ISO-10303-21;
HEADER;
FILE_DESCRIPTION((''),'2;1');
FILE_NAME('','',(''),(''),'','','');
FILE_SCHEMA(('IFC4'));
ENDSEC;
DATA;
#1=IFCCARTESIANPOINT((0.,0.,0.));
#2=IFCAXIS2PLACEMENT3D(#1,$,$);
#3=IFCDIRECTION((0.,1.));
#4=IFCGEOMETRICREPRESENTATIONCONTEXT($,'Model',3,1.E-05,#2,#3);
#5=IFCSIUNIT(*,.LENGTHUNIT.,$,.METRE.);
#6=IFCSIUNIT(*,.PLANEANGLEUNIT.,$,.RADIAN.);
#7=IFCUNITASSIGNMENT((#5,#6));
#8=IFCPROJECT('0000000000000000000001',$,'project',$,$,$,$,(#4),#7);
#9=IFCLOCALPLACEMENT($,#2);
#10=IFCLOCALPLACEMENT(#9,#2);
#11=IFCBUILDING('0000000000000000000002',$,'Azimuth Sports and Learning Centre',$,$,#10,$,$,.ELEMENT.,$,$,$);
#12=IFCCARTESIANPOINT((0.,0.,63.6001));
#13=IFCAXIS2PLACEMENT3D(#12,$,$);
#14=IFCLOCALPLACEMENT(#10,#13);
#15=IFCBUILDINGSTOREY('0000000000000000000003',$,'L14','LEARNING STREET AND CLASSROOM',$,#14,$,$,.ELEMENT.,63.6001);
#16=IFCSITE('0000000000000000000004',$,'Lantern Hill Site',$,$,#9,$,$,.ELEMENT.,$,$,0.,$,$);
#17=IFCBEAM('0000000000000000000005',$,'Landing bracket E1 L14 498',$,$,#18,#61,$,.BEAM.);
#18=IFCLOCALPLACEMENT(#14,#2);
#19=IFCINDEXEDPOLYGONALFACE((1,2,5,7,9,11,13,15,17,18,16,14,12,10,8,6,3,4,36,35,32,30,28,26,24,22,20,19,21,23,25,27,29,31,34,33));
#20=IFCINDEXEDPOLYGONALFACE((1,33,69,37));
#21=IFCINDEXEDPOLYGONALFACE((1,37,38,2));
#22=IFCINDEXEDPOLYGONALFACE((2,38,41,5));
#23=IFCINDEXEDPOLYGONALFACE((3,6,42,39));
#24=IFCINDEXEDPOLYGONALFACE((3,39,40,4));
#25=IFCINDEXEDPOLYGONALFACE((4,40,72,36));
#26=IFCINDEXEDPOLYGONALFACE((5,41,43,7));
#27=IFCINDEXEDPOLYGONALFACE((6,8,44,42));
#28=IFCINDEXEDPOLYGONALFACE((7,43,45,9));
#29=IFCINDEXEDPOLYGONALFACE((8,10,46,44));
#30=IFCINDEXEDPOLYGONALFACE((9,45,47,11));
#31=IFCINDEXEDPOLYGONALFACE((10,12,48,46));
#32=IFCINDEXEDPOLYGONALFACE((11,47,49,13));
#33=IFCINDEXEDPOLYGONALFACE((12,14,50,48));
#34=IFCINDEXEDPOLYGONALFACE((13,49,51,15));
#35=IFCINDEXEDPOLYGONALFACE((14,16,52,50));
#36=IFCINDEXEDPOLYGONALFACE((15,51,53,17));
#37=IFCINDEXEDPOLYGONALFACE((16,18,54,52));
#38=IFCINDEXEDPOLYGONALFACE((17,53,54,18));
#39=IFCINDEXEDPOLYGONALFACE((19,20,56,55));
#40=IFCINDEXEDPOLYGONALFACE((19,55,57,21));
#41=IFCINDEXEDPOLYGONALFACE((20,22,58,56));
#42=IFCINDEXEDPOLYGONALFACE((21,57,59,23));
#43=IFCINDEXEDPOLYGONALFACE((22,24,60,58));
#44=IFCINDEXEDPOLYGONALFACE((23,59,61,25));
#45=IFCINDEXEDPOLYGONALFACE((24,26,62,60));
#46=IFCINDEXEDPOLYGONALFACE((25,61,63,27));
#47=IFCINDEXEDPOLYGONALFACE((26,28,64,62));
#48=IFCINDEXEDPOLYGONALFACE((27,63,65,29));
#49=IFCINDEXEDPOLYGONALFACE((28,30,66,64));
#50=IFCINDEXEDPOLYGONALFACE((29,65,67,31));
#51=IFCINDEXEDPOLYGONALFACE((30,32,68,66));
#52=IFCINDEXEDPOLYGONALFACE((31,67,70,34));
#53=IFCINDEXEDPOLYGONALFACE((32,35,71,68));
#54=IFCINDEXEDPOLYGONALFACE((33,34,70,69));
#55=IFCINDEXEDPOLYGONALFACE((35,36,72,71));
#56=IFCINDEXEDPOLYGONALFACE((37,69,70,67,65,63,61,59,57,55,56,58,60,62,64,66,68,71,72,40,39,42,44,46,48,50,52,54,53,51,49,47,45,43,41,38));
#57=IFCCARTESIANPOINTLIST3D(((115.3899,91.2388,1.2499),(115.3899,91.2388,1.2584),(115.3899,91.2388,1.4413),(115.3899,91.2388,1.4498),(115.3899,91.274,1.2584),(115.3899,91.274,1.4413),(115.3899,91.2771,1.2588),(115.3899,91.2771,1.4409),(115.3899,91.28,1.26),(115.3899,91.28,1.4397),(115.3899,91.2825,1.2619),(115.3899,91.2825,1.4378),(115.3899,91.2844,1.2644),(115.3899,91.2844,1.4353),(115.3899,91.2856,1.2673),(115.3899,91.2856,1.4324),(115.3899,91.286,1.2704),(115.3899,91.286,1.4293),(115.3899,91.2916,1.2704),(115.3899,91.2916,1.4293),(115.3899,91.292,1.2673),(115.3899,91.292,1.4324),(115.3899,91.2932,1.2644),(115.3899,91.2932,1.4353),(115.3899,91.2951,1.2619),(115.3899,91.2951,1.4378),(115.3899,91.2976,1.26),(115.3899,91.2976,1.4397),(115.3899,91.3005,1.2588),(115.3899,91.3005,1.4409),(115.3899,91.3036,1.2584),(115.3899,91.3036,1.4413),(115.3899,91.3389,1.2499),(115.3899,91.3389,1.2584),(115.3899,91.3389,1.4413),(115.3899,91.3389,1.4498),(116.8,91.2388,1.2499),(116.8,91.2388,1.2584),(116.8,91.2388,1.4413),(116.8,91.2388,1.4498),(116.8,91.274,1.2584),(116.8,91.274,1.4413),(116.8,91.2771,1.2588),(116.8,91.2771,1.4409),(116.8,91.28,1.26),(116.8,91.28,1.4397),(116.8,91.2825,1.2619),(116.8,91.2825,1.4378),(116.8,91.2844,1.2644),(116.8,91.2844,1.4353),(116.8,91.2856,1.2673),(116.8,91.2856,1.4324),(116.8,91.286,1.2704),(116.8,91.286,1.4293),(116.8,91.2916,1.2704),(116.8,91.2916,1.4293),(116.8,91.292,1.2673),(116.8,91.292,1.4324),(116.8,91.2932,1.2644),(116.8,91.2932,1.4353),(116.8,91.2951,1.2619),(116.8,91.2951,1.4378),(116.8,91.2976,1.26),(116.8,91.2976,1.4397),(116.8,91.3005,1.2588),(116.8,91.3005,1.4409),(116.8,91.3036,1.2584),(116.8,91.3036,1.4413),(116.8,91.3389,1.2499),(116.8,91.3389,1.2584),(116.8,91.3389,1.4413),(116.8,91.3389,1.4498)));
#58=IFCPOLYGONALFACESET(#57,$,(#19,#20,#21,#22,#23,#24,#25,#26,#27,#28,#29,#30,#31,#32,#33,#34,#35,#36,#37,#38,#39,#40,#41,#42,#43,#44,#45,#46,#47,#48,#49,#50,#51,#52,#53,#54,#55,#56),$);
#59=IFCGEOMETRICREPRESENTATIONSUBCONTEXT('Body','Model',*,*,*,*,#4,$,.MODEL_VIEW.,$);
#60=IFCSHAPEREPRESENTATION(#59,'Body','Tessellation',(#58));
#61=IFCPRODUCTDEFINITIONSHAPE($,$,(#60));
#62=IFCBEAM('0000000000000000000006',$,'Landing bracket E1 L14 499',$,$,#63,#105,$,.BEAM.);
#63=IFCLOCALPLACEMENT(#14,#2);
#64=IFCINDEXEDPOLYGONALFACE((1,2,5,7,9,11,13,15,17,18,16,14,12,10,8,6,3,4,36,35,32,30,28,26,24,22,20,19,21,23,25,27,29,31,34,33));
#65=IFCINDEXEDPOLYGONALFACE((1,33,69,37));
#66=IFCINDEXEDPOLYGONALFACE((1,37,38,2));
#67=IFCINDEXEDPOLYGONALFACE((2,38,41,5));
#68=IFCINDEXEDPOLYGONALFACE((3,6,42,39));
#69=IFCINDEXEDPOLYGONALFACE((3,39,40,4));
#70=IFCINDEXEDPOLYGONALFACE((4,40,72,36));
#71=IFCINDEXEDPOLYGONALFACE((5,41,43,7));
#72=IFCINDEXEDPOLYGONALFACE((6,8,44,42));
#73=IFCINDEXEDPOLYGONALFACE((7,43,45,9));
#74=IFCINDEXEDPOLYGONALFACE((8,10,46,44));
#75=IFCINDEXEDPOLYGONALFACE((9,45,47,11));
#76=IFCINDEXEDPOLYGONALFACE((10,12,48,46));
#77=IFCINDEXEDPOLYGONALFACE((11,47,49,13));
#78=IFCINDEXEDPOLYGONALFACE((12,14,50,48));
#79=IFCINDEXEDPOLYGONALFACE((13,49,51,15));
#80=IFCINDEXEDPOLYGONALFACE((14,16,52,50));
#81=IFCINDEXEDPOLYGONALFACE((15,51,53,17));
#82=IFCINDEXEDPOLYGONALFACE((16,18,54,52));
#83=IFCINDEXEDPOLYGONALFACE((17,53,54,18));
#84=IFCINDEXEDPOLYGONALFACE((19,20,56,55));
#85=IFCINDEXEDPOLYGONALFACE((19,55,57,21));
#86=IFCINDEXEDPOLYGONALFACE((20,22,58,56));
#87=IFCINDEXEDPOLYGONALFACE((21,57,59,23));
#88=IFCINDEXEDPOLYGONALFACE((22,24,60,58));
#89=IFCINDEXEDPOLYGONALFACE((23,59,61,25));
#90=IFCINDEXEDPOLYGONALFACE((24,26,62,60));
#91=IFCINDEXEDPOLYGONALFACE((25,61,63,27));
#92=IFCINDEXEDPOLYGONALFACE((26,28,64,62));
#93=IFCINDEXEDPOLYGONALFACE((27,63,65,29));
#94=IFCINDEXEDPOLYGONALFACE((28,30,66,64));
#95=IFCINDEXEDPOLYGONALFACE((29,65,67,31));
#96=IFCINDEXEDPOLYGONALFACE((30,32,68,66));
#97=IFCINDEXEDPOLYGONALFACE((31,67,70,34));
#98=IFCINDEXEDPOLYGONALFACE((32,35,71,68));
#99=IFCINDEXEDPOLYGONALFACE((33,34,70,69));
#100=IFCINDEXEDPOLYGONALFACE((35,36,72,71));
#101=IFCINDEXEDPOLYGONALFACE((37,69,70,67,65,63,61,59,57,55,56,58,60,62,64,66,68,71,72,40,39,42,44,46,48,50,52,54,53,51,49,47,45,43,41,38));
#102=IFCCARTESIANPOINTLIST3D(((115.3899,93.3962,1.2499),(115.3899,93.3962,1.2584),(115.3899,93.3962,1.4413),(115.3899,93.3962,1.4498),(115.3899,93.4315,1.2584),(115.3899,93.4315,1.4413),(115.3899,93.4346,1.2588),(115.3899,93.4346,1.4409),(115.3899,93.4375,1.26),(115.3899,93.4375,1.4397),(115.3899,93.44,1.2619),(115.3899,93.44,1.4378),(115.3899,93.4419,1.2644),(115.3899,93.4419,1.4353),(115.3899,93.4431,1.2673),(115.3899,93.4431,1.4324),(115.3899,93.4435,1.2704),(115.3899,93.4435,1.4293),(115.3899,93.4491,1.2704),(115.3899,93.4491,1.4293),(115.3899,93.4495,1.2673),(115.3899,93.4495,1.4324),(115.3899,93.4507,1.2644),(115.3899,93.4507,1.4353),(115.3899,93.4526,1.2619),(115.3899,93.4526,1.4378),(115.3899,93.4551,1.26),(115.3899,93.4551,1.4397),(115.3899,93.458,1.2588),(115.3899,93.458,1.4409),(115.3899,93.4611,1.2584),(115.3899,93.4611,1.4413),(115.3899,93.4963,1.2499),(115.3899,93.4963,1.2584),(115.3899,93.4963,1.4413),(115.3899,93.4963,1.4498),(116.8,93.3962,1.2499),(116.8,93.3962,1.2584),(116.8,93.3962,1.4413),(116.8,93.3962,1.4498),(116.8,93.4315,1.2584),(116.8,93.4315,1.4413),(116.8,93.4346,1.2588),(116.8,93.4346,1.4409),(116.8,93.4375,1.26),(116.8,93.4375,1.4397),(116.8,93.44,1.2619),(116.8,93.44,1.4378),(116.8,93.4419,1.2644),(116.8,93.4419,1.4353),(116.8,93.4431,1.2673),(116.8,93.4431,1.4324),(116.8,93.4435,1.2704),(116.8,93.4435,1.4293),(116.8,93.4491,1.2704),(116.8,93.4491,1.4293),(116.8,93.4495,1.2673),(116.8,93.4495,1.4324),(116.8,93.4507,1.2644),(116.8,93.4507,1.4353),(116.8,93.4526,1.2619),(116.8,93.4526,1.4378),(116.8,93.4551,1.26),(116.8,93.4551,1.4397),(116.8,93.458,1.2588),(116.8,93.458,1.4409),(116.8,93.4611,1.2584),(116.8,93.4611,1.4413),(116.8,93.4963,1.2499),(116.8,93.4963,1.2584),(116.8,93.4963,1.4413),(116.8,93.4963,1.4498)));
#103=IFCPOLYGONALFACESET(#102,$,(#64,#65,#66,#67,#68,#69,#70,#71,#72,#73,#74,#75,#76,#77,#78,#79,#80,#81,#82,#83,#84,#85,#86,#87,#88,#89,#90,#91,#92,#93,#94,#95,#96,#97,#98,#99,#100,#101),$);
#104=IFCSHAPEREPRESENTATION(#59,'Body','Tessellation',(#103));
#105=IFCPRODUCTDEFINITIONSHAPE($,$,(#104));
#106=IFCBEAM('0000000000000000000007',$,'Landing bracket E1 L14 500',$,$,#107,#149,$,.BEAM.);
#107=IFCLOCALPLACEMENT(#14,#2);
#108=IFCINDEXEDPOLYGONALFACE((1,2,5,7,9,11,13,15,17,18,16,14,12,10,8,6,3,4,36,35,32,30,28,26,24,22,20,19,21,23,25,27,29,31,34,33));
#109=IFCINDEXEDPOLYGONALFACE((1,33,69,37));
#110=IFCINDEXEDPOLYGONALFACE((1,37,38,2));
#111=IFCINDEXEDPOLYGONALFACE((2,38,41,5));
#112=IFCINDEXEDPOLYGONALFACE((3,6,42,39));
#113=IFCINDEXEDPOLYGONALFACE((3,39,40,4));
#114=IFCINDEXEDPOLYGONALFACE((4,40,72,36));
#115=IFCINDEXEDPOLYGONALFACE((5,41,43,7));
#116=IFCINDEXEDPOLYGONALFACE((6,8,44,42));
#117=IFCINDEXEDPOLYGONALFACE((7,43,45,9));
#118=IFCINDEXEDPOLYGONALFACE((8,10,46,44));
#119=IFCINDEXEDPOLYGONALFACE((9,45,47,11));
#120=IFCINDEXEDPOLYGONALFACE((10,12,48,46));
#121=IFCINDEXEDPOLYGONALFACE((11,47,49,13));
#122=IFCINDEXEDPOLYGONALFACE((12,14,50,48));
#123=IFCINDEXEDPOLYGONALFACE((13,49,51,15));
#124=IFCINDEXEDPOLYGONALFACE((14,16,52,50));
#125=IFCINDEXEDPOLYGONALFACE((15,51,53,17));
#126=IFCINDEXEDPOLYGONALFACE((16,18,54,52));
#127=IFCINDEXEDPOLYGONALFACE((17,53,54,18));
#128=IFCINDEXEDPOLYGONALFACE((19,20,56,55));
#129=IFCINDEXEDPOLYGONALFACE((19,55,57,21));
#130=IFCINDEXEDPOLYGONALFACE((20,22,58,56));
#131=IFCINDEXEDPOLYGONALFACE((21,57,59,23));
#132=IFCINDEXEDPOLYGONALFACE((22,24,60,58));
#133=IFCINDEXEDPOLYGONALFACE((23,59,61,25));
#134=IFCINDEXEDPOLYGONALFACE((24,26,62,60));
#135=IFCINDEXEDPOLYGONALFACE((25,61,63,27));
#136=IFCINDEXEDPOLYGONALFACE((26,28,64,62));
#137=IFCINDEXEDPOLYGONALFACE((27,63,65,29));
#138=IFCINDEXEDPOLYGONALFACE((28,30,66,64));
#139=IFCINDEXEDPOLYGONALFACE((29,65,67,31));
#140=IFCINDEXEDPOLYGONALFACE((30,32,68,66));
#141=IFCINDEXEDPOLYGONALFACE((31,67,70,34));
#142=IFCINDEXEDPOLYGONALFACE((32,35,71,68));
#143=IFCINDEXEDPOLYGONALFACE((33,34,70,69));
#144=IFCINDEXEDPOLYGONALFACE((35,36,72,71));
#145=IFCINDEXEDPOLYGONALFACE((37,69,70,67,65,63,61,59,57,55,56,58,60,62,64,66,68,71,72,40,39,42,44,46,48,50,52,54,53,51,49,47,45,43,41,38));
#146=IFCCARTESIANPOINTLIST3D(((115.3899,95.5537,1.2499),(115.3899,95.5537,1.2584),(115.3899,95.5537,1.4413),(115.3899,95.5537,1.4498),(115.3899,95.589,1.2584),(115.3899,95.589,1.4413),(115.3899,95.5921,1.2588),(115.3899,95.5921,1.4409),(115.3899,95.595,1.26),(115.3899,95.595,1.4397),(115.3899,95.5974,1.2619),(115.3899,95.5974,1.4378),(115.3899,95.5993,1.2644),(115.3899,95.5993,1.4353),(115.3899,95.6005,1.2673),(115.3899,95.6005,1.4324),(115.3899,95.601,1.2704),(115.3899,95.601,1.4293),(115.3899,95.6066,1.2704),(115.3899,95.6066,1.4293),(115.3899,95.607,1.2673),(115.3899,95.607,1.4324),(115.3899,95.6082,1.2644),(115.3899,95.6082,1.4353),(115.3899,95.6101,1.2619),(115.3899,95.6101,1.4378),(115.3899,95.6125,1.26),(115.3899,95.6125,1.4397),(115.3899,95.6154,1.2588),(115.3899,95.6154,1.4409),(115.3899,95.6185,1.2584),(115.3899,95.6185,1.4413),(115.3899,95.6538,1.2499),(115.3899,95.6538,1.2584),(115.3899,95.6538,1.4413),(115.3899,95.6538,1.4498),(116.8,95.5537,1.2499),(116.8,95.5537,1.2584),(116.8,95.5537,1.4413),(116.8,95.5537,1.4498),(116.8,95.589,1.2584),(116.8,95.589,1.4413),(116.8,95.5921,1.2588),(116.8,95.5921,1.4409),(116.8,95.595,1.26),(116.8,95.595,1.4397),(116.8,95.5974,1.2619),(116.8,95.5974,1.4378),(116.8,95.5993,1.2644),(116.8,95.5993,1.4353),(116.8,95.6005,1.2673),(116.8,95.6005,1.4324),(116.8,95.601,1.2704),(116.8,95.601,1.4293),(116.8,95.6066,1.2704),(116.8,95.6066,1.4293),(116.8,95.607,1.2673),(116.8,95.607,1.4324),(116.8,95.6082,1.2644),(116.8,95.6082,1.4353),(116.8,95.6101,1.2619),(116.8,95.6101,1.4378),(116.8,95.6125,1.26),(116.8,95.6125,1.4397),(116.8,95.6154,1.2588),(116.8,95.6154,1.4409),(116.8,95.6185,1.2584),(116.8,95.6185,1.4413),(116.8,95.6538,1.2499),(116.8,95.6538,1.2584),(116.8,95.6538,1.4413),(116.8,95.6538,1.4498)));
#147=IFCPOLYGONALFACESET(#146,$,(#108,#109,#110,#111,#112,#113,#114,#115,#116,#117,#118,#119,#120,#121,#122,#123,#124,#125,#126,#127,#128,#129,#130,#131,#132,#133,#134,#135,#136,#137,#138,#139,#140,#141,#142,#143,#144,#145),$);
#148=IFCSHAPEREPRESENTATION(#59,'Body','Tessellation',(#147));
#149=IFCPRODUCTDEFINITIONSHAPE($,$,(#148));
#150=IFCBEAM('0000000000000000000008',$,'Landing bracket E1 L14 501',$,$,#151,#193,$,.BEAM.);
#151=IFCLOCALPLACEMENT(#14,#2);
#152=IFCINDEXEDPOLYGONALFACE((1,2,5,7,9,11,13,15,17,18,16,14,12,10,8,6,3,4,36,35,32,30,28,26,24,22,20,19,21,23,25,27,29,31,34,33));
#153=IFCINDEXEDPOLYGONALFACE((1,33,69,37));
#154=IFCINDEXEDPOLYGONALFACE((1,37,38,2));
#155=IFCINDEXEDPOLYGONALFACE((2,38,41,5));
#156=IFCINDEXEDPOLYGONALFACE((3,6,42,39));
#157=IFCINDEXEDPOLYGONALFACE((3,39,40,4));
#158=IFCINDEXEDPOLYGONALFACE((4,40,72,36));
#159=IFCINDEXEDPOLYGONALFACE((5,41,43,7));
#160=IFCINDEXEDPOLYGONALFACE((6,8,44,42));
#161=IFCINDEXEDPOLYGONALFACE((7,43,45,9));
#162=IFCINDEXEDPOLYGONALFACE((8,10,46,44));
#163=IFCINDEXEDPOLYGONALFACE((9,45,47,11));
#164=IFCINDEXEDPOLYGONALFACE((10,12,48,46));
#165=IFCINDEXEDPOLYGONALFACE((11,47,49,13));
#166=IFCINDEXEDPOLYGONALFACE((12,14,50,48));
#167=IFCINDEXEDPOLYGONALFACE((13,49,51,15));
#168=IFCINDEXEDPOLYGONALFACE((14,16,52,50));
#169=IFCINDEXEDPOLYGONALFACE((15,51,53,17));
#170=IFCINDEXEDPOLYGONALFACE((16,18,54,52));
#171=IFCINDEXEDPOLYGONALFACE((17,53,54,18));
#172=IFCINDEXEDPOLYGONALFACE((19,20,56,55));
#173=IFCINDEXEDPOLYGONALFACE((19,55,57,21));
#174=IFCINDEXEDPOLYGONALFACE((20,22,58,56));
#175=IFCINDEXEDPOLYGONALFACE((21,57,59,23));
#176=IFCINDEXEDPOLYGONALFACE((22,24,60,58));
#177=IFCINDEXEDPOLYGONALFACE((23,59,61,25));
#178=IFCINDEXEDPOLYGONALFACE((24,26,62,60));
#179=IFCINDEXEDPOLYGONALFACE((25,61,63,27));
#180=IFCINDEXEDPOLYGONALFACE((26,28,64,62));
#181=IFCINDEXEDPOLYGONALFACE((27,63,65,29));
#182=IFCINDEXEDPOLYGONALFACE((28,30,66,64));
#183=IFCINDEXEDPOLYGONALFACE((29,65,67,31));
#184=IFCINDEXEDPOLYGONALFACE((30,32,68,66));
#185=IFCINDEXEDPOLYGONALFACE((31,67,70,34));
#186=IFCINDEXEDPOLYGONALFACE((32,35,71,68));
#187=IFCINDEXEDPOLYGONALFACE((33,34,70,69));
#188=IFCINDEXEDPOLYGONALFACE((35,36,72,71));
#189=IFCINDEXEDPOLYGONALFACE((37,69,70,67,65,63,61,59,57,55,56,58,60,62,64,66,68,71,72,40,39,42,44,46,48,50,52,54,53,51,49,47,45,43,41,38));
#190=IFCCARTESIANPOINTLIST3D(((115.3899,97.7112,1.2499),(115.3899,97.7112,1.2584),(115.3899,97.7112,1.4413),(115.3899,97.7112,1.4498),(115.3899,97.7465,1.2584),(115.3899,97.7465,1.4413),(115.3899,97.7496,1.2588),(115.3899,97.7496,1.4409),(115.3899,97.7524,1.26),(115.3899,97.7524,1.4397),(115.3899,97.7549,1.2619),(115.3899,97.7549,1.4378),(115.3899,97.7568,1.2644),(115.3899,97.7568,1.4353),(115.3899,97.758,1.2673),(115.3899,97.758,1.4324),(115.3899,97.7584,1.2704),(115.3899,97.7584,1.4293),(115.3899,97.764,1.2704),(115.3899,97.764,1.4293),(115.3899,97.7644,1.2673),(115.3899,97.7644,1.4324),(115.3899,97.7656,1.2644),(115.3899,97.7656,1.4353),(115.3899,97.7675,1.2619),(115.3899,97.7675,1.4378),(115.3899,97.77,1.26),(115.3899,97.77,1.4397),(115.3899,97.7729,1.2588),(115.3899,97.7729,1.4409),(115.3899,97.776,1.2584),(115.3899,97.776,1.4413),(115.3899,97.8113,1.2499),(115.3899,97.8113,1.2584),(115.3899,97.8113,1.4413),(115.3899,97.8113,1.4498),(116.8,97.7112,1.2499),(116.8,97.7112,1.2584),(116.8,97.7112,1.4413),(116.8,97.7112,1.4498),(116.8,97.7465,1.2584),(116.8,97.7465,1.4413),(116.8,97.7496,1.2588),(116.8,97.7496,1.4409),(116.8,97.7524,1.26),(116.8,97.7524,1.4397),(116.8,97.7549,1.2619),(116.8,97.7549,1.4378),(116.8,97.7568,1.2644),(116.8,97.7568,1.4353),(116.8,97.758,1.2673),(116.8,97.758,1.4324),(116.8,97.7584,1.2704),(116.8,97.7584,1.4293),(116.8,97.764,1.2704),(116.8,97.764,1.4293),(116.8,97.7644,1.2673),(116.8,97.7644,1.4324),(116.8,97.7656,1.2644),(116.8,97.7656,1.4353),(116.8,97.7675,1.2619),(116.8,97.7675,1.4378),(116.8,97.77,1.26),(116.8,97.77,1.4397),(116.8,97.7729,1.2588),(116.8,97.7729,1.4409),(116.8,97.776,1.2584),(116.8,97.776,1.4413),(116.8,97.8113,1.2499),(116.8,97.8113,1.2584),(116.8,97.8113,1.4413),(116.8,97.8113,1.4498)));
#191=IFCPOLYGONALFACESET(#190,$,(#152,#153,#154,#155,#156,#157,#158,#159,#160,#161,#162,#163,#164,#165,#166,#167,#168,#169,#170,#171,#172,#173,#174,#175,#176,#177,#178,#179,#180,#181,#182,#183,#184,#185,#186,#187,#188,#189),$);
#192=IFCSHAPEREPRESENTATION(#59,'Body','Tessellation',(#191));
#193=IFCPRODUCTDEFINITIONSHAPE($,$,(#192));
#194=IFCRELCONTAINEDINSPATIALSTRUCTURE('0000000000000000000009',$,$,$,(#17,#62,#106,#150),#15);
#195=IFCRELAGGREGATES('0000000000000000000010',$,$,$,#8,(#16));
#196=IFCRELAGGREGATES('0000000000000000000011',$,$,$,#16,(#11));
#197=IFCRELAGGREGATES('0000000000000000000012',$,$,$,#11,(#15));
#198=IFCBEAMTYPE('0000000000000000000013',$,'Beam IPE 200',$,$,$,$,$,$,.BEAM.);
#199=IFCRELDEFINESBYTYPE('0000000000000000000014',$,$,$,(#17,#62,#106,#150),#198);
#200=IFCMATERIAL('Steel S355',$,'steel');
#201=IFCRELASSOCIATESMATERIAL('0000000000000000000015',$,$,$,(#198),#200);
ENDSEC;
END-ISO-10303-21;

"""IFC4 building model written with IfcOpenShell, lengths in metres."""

from ifc_helpers import new_model, si_unit, direction, frame, origin, origin_2d, place, context, subcontext, project, spatial, i_section, extrude, material, material_profile, profile_set, type_object, element, save


model = new_model("IFC4")

# Units and contexts
model_context = context("Model", 3, precision=1e-05, world=origin(), true_north=direction((0.0, 1.0)))
body_context = subcontext(model_context, "Body", "Model", "MODEL_VIEW")
ifc_project = project(units=[si_unit("LENGTHUNIT", "METRE"), si_unit("PLANEANGLEUNIT", "RADIAN")], contexts=[model_context])

# Site, building, storey
site_placement = place(None, origin())
site = spatial("IfcSite", under=ifc_project, at=site_placement, Name="Lantern Hill Site", CompositionType="ELEMENT", RefElevation=0.0)
building_placement = place(site_placement, origin())
building = spatial("IfcBuilding", under=site, at=building_placement, Name="Azimuth Sports and Learning Centre", CompositionType="ELEMENT")
storey_placement = place(building_placement, frame((0.0, 0.0, 63.6001)))
storey = spatial("IfcBuildingStorey", under=building, at=storey_placement, Name="L14", Description="LEARNING STREET AND CLASSROOM", CompositionType="ELEMENT", Elevation=63.6001)

# Beams
ifc_material_1 = material(Name="Steel S355", Category="steel")
ifc_material_profile = material_profile(ifc_material_1, i_section(OverallWidth=0.1001, OverallDepth=0.2, WebThickness=0.0056, FlangeThickness=0.0085, FilletRadius=0.012, at=origin_2d()), Name="IPE 200")
ifc_profile_set = profile_set([ifc_material_profile], Name="Steel S355")
beam_type = type_object("IfcBeamType", Name="Beam IPE 200", PredefinedType="BEAM", material=ifc_profile_set)
for number, where, z_axis, x_axis, name in (
    (1, (116.8, 91.2888, 1.3499), (-1.0, 0.0, 0.0), (0.0, -1.0, 0.0), "Landing bracket E1 L14 498"),
    (2, (116.8, 93.4463, 1.3499), (-1.0, 0.0, 0.0), (0.0, -1.0, 0.0), "Landing bracket E1 L14 499"),
    (3, (116.8, 95.6038, 1.3499), (-1.0, 0.0, 0.0), (0.0, -1.0, 0.0), "Landing bracket E1 L14 500"),
    (4, (116.8, 97.7612, 1.3499), (-1.0, 0.0, 0.0), (0.0, -1.0, 0.0), "Landing bracket E1 L14 501"),
):
    element("IfcBeam", number, at=place(storey_placement, frame(where, z_axis=z_axis, x_axis=x_axis)), inside=storey, type_object=beam_type, Name=name, PredefinedType="BEAM", context=body_context, shape_type="SweptSolid", body=[
        extrude(i_section(OverallWidth=0.1001, OverallDepth=0.2, WebThickness=0.0056, FlangeThickness=0.0085, FilletRadius=0.012, at=origin_2d()), origin(), (0.0, 0.0, 1.0), 1.4102),
    ])

save(model, "model.ifc")
